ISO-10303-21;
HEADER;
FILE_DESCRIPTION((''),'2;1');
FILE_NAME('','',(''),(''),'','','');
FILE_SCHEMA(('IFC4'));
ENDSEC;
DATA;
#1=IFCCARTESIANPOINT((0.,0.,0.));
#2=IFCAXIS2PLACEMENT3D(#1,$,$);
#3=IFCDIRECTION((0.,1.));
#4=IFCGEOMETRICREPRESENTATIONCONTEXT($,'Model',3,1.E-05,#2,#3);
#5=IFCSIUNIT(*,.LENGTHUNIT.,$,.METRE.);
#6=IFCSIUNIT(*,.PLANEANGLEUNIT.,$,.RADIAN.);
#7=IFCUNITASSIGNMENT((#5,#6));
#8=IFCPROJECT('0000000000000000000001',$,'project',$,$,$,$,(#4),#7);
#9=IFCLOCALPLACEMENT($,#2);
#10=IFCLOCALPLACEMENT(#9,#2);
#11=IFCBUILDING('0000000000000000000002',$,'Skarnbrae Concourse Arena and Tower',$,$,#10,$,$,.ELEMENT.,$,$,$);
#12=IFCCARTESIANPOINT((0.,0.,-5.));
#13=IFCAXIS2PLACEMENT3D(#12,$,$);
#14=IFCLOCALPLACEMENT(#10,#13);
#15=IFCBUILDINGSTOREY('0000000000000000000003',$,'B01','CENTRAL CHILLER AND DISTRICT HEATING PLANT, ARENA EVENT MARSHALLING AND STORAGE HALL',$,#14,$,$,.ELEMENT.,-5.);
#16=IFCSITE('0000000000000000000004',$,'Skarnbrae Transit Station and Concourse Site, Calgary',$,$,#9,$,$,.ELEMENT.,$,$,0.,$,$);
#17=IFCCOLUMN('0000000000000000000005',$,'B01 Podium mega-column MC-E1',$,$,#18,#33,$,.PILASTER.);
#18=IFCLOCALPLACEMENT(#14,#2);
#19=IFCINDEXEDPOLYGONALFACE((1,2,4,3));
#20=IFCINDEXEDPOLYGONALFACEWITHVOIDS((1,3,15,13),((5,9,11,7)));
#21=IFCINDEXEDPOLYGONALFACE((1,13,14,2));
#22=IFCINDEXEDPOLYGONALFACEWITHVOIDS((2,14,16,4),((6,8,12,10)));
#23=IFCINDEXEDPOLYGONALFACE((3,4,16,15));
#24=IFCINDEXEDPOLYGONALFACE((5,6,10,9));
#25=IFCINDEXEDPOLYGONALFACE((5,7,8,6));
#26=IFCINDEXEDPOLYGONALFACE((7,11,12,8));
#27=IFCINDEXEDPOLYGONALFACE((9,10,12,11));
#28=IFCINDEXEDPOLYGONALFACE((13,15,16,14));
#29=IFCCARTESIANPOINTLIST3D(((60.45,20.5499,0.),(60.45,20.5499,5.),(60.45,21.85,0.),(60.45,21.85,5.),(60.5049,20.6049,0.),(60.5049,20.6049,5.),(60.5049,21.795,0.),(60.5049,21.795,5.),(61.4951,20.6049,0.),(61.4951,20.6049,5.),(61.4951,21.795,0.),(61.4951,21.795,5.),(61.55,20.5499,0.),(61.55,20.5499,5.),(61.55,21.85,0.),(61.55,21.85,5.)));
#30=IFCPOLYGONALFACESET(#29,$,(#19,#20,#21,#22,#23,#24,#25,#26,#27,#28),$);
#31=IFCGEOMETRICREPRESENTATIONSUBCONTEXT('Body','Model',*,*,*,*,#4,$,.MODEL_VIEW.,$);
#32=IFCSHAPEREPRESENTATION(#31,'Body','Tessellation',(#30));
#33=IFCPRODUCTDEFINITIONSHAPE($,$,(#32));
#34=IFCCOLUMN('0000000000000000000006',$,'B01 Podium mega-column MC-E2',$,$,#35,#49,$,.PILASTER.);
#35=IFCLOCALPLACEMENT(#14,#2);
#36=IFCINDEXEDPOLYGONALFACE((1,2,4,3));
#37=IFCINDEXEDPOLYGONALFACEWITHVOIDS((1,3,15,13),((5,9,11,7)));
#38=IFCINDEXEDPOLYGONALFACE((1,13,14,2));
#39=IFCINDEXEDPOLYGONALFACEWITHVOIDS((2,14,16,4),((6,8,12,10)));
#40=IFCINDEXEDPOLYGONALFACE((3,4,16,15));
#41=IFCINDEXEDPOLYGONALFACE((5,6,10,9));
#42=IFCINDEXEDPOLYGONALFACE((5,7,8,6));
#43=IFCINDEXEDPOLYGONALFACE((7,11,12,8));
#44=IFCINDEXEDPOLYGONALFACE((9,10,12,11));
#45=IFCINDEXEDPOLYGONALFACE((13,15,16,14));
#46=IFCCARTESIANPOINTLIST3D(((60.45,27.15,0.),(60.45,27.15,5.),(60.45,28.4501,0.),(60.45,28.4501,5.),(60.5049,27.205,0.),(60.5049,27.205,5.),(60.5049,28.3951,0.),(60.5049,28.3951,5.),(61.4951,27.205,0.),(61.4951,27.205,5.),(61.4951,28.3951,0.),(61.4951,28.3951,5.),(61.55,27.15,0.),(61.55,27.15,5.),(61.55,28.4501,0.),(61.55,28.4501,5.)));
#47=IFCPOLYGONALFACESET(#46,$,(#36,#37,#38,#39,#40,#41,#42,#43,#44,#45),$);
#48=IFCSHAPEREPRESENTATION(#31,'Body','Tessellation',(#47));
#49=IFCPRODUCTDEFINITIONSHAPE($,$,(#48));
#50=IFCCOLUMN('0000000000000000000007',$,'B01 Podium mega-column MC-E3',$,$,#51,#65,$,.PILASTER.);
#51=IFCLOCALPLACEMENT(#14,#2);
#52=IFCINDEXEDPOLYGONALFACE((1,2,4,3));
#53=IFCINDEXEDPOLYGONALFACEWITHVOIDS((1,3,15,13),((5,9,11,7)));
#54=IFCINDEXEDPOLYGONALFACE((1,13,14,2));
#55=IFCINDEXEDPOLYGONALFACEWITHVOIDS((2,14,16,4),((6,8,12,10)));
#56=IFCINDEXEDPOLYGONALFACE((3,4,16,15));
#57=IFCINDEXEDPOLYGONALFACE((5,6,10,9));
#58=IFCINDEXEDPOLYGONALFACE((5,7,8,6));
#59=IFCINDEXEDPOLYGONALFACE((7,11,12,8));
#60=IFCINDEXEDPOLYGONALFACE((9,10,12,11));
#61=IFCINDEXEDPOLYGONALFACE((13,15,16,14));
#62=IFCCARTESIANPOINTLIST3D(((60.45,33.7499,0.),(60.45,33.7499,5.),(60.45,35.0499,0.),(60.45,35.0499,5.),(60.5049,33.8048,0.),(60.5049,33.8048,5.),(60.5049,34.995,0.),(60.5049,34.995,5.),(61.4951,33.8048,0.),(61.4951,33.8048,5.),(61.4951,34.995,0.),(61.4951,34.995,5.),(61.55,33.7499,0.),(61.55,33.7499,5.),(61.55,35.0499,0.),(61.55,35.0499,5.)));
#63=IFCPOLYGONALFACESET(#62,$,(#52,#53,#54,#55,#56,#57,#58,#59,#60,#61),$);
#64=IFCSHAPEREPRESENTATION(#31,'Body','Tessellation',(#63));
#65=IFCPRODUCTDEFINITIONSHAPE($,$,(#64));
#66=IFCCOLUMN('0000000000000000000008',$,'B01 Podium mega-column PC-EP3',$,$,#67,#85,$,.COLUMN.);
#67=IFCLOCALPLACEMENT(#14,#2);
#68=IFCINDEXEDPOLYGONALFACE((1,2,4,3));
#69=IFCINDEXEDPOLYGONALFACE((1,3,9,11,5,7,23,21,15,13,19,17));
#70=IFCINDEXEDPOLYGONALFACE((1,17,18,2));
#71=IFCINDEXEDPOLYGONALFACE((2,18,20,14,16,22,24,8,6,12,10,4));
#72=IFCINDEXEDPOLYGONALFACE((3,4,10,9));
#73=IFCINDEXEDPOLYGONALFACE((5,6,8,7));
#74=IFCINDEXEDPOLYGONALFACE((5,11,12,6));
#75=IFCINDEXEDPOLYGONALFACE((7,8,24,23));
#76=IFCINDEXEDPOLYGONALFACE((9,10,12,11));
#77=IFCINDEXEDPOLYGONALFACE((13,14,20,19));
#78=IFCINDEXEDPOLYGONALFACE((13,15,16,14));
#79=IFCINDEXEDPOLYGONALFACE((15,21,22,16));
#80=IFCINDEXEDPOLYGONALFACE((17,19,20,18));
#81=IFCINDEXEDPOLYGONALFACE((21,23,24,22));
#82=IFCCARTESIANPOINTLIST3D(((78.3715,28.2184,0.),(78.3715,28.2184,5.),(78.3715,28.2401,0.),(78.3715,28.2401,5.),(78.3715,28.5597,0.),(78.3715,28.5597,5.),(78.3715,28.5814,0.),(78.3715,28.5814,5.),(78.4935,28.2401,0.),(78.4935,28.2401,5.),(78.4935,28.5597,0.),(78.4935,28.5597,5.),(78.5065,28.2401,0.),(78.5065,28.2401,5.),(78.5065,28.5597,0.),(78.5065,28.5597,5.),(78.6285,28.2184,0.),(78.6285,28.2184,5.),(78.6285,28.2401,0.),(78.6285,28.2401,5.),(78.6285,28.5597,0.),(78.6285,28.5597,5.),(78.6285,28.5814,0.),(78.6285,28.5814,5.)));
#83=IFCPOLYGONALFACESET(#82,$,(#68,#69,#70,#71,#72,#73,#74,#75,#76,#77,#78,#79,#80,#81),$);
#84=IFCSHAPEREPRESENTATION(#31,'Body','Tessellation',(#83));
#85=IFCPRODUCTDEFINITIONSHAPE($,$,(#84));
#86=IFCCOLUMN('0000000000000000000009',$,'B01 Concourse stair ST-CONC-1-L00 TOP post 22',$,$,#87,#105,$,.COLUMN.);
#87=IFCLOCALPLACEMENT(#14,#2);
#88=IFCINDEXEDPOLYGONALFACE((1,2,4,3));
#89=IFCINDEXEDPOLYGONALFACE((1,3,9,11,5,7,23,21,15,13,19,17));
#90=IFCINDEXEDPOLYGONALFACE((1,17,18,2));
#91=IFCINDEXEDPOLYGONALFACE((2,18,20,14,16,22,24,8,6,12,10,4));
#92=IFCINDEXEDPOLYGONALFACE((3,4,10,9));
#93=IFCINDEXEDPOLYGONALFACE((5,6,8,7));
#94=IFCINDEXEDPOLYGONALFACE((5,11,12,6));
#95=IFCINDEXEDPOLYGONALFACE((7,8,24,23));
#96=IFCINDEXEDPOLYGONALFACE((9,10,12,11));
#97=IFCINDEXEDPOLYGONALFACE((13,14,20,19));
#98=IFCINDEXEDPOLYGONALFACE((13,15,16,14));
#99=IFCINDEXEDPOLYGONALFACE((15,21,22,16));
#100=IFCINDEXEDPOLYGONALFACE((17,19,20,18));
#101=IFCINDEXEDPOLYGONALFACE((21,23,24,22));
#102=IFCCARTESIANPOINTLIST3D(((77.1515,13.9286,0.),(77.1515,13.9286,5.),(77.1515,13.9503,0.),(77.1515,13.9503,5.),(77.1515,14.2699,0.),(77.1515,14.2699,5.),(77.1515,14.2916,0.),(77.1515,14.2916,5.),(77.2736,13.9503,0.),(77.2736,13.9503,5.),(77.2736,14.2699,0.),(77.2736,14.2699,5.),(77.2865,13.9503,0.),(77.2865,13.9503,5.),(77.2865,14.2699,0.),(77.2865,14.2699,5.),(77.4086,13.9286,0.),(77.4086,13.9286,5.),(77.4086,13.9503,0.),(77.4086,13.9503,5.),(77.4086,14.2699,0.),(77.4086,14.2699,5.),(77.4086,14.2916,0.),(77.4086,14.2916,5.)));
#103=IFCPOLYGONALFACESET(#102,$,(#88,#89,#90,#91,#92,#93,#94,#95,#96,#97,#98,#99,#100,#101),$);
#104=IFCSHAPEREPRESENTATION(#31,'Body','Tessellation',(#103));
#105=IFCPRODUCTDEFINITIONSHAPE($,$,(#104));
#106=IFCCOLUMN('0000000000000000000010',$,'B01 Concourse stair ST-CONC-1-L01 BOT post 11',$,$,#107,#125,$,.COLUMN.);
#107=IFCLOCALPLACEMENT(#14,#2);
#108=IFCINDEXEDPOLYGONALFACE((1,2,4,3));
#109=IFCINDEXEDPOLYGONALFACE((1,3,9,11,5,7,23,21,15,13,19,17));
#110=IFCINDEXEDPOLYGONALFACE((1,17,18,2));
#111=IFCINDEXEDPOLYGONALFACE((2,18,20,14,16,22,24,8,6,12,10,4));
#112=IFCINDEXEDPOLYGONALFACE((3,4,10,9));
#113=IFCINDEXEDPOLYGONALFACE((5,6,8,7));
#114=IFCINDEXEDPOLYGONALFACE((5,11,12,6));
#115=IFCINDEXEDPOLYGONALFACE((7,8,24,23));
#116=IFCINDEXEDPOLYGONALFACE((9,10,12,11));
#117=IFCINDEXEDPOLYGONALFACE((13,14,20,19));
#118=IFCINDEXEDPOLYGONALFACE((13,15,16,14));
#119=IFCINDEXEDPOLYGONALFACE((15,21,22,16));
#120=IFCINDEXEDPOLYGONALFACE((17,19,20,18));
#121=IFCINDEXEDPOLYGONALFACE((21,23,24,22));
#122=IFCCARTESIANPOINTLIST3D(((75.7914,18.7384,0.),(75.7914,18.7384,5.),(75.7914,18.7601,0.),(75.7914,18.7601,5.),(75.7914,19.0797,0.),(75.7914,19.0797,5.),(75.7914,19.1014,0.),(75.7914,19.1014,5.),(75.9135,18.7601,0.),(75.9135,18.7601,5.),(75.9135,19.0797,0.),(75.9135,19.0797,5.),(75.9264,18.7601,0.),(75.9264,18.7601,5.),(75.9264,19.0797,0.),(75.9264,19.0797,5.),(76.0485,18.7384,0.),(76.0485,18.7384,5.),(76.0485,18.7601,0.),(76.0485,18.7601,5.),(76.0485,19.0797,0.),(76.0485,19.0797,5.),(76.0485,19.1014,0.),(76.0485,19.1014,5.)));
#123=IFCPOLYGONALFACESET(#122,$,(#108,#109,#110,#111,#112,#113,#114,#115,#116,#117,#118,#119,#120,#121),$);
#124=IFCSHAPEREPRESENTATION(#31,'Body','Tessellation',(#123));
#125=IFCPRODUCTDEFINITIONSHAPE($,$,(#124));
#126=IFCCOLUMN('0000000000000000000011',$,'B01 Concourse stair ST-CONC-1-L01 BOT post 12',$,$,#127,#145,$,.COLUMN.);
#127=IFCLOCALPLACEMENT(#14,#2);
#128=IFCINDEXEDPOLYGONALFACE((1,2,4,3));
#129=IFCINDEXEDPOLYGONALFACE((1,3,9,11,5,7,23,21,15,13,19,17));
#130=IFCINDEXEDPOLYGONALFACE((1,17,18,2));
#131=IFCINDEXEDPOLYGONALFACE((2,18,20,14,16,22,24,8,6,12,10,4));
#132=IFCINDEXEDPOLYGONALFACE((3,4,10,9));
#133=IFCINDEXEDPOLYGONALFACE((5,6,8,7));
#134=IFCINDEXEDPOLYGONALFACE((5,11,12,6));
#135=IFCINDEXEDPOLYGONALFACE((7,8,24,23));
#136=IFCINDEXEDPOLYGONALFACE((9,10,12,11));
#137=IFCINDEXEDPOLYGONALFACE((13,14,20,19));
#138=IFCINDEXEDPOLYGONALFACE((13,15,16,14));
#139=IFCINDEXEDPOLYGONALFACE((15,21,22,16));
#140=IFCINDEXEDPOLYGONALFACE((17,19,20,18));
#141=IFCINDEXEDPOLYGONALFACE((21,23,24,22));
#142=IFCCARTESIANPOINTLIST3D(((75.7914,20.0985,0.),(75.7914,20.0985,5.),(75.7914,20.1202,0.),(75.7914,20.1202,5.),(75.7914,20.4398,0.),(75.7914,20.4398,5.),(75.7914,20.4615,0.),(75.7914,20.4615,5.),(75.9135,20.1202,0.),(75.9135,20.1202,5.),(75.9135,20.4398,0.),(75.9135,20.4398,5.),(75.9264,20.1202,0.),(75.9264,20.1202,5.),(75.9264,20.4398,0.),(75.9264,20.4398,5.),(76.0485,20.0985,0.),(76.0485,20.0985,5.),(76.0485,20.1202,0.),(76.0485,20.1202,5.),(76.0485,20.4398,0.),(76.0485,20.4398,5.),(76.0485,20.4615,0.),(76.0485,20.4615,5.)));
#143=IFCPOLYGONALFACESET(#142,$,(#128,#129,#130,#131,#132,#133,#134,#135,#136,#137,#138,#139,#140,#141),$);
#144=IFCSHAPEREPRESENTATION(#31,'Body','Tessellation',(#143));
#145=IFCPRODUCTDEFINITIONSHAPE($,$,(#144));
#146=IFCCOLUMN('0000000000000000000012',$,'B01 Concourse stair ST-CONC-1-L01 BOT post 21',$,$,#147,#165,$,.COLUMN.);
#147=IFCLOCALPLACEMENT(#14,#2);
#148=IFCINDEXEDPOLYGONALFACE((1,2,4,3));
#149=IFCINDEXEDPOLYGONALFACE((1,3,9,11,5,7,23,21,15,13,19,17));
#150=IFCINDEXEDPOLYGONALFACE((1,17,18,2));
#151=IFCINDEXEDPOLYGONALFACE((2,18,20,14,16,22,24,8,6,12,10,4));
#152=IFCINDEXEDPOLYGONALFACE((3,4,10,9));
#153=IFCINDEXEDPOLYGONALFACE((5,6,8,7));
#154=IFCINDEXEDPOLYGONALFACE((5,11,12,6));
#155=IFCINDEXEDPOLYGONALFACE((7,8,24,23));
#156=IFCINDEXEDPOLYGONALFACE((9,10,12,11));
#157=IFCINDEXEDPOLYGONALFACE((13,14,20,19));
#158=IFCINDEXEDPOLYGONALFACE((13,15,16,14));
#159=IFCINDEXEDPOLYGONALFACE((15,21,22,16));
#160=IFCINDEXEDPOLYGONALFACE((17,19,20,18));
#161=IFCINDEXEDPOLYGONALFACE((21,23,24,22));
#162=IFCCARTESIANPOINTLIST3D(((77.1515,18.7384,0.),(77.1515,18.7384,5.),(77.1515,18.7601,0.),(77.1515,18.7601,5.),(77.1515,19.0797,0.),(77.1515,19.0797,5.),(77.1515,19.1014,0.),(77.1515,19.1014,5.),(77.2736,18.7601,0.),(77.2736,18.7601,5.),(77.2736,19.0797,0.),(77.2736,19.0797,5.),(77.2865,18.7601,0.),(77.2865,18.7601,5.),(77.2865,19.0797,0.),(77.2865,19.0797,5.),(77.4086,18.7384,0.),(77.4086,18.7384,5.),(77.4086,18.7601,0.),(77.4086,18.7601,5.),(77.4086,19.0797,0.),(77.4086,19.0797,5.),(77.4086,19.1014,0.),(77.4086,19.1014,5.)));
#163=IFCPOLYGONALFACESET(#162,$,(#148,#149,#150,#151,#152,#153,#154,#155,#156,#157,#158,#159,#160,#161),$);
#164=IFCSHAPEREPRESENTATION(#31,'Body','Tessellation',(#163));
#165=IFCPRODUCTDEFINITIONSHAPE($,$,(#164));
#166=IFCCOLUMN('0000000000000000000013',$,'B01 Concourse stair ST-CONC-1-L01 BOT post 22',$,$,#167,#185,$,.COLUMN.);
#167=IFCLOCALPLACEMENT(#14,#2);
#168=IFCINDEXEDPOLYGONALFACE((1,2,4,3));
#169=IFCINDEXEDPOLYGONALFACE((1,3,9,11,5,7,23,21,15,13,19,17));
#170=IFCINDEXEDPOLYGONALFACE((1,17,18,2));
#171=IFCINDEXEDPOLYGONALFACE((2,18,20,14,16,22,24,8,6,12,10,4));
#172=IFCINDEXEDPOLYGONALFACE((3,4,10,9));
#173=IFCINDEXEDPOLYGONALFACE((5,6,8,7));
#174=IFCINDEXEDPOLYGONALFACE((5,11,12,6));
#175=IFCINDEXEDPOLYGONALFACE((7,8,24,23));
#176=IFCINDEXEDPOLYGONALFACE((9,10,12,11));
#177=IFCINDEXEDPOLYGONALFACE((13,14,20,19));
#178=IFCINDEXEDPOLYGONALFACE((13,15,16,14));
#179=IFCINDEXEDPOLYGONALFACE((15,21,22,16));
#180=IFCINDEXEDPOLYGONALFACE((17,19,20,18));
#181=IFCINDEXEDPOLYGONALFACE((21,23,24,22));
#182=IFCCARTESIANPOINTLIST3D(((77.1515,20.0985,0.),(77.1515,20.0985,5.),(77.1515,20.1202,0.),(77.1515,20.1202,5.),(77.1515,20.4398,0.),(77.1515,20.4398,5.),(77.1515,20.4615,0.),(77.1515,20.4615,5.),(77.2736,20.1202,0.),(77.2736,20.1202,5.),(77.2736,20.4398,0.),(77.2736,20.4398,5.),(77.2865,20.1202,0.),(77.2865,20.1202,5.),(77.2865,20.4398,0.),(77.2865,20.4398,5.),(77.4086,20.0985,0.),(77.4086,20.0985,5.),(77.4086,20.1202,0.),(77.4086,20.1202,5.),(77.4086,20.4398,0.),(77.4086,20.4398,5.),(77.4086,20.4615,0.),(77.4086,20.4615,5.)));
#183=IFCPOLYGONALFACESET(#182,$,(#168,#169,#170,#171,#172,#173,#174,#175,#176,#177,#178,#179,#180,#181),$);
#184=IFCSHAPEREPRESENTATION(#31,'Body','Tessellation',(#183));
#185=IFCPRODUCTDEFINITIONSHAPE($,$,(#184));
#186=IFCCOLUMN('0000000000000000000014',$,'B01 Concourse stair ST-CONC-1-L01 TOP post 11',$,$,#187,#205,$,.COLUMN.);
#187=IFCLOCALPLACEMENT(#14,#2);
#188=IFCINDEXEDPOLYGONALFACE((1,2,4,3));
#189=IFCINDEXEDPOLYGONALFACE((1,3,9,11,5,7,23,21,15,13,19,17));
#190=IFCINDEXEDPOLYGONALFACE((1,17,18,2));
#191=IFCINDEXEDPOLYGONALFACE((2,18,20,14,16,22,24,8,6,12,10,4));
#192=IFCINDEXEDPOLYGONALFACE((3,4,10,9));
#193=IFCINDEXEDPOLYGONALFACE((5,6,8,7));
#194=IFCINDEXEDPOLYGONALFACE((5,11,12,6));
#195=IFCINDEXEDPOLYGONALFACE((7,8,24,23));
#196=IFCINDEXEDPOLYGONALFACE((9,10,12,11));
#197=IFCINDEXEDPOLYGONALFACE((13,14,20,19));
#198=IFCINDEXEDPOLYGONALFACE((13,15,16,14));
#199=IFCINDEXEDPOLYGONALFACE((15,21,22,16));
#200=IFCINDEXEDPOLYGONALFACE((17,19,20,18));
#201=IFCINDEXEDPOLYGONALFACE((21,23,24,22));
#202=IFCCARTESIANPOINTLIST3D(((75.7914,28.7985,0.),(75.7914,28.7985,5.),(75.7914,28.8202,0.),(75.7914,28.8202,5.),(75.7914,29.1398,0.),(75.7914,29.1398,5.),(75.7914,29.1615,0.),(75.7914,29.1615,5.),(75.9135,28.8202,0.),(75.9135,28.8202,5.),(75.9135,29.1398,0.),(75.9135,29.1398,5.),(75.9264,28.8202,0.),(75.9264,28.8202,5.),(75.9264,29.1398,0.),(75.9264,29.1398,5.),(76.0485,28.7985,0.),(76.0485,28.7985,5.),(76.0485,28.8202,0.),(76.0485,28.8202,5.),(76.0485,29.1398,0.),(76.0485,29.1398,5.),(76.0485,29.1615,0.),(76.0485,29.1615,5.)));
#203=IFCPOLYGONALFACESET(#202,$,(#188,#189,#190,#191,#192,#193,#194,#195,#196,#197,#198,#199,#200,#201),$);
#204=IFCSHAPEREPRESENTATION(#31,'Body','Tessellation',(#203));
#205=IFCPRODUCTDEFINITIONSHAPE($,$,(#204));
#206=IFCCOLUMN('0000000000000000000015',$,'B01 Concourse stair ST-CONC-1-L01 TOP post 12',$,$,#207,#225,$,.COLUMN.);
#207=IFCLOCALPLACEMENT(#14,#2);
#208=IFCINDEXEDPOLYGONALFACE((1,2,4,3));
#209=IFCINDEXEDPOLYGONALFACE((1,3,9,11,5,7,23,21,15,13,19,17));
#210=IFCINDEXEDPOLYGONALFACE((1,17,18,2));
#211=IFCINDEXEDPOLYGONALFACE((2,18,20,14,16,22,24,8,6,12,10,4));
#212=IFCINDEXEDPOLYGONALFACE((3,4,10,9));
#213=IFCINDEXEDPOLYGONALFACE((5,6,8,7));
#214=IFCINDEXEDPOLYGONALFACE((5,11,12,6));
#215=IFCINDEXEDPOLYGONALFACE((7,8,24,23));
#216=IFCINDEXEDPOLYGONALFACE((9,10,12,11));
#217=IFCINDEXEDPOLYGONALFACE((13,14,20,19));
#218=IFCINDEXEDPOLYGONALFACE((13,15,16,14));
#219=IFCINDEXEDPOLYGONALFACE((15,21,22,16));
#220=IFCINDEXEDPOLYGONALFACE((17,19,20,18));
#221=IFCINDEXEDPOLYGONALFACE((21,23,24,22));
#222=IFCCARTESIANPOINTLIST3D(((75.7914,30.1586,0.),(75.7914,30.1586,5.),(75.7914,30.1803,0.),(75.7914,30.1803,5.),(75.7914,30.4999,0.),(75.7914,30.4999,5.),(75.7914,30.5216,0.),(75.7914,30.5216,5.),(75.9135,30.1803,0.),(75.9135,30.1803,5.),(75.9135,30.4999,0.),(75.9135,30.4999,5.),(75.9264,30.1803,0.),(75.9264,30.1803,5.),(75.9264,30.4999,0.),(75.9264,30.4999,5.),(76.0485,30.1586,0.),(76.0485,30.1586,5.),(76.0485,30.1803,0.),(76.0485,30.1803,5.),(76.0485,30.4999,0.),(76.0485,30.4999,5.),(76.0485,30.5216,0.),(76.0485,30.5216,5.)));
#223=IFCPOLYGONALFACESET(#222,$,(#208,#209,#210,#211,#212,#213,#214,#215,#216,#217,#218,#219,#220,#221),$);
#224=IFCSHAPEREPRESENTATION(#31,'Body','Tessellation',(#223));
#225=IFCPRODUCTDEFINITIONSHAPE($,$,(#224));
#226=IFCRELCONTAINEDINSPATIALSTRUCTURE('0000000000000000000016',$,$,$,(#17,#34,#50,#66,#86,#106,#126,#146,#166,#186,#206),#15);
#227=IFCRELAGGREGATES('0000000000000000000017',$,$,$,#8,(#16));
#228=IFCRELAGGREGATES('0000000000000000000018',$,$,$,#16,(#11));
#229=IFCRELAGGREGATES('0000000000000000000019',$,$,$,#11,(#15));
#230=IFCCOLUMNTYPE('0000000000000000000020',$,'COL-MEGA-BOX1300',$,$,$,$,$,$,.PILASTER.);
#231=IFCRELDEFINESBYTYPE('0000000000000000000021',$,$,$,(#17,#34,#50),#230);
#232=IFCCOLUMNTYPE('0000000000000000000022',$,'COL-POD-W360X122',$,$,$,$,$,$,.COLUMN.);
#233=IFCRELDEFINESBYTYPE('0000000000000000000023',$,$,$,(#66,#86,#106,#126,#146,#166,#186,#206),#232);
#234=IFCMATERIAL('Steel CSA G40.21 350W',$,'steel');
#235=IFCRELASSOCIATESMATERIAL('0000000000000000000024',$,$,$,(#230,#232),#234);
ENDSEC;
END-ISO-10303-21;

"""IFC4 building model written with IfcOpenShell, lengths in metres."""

from ifc_helpers import new_model, si_unit, direction, frame, origin, origin_2d, place, context, subcontext, project, spatial, hollow_rectangle, i_section, extrude, source, transform, mapped, material, material_profile, profile_set, type_object, element, save


model = new_model("IFC4")

# Units and contexts
model_context = context("Model", 3, precision=1e-05, world=origin(), true_north=direction((0.0, 1.0)))
body_context = subcontext(model_context, "Body", "Model", "MODEL_VIEW")
ifc_project = project(units=[si_unit("LENGTHUNIT", "METRE"), si_unit("PLANEANGLEUNIT", "RADIAN")], contexts=[model_context])

# Site, building, storey
site_placement = place(None, origin())
site = spatial("IfcSite", under=ifc_project, at=site_placement, Name="Skarnbrae Transit Station and Concourse Site, Calgary", CompositionType="ELEMENT", RefElevation=0.0)
building_placement = place(site_placement, origin())
building = spatial("IfcBuilding", under=site, at=building_placement, Name="Skarnbrae Concourse Arena and Tower", CompositionType="ELEMENT")
storey_placement = place(building_placement, frame((0.0, 0.0, -5.0)))
storey = spatial("IfcBuildingStorey", under=building, at=storey_placement, Name="B01", Description="CENTRAL CHILLER AND DISTRICT HEATING PLANT, ARENA EVENT MARSHALLING AND STORAGE HALL", CompositionType="ELEMENT", Elevation=-5.0)

# Columns
ifc_material_1 = material(Name="Steel CSA G40.21 350W", Category="steel")
ifc_material_profile_1 = material_profile(ifc_material_1, hollow_rectangle(XDim=1.1001, YDim=1.3, WallThickness=0.0549, at=origin_2d()), Name="BOX1300X1100X55")
ifc_profile_set_1 = profile_set([ifc_material_profile_1], Name="Steel CSA G40.21 350W")
column_type_1 = type_object("IfcColumnType", Name="COL-MEGA-BOX1300", PredefinedType="PILASTER", material=ifc_profile_set_1)
shared_shape_1 = source(origin(), body_context, "Body", "SweptSolid", [
    extrude(hollow_rectangle(XDim=1.1001, YDim=1.3, WallThickness=0.0549, at=origin_2d()), origin(), (0.0, 0.0, 1.0), 5.0),
])
for number, where, z_axis, x_axis, name in (
    (1, (61.0, 21.2, 0.0), (0.0, 0.0, 1.0), (1.0, 0.0, 0.0), "B01 Podium mega-column MC-E1"),
    (2, (61.0, 27.8, 0.0), (0.0, 0.0, 1.0), (1.0, 0.0, 0.0), "B01 Podium mega-column MC-E2"),
    (3, (61.0, 34.3999, 0.0), (0.0, 0.0, 1.0), (1.0, 0.0, 0.0), "B01 Podium mega-column MC-E3"),
):
    element("IfcColumn", number, at=place(storey_placement, frame(where, z_axis=z_axis, x_axis=x_axis)), inside=storey, type_object=column_type_1, Name=name, PredefinedType="PILASTER", context=body_context, shape_type="MappedRepresentation", body=[
        mapped(shared_shape_1, transform((0.0, 0.0, 0.0))),
    ])
ifc_material_profile_2 = material_profile(ifc_material_1, i_section(OverallWidth=0.2571, OverallDepth=0.363, WebThickness=0.0129, FlangeThickness=0.0217, at=origin_2d()), Name="W360X122")
ifc_profile_set_2 = profile_set([ifc_material_profile_2], Name="Steel CSA G40.21 350W")
column_type_2 = type_object("IfcColumnType", Name="COL-POD-W360X122", PredefinedType="COLUMN", material=ifc_profile_set_2)
shared_shape_2 = source(origin(), body_context, "Body", "SweptSolid", [
    extrude(i_section(OverallWidth=0.2571, OverallDepth=0.363, WebThickness=0.0129, FlangeThickness=0.0217, at=origin_2d()), origin(), (0.0, 0.0, 1.0), 5.0),
])
for number, where, z_axis, x_axis, name in (
    (4, (78.5, 28.3999, 0.0), (0.0, 0.0, 1.0), (1.0, 0.0, 0.0), "B01 Podium mega-column PC-EP3"),
    (5, (77.28, 14.1101, 0.0), (0.0, 0.0, 1.0), (1.0, 0.0, 0.0), "B01 Concourse stair ST-CONC-1-L00 TOP post 22"),
    (6, (75.9199, 18.9199, 0.0), (0.0, 0.0, 1.0), (1.0, 0.0, 0.0), "B01 Concourse stair ST-CONC-1-L01 BOT post 11"),
    (7, (75.9199, 20.28, 0.0), (0.0, 0.0, 1.0), (1.0, 0.0, 0.0), "B01 Concourse stair ST-CONC-1-L01 BOT post 12"),
    (8, (77.28, 18.9199, 0.0), (0.0, 0.0, 1.0), (1.0, 0.0, 0.0), "B01 Concourse stair ST-CONC-1-L01 BOT post 21"),
    (9, (77.28, 20.28, 0.0), (0.0, 0.0, 1.0), (1.0, 0.0, 0.0), "B01 Concourse stair ST-CONC-1-L01 BOT post 22"),
    (10, (75.9199, 28.98, 0.0), (0.0, 0.0, 1.0), (1.0, 0.0, 0.0), "B01 Concourse stair ST-CONC-1-L01 TOP post 11"),
    (11, (75.9199, 30.3401, 0.0), (0.0, 0.0, 1.0), (1.0, 0.0, 0.0), "B01 Concourse stair ST-CONC-1-L01 TOP post 12"),
):
    element("IfcColumn", number, at=place(storey_placement, frame(where, z_axis=z_axis, x_axis=x_axis)), inside=storey, type_object=column_type_2, Name=name, PredefinedType="COLUMN", context=body_context, shape_type="MappedRepresentation", body=[
        mapped(shared_shape_2, transform((0.0, 0.0, 0.0))),
    ])

save(model, "model.ifc")
